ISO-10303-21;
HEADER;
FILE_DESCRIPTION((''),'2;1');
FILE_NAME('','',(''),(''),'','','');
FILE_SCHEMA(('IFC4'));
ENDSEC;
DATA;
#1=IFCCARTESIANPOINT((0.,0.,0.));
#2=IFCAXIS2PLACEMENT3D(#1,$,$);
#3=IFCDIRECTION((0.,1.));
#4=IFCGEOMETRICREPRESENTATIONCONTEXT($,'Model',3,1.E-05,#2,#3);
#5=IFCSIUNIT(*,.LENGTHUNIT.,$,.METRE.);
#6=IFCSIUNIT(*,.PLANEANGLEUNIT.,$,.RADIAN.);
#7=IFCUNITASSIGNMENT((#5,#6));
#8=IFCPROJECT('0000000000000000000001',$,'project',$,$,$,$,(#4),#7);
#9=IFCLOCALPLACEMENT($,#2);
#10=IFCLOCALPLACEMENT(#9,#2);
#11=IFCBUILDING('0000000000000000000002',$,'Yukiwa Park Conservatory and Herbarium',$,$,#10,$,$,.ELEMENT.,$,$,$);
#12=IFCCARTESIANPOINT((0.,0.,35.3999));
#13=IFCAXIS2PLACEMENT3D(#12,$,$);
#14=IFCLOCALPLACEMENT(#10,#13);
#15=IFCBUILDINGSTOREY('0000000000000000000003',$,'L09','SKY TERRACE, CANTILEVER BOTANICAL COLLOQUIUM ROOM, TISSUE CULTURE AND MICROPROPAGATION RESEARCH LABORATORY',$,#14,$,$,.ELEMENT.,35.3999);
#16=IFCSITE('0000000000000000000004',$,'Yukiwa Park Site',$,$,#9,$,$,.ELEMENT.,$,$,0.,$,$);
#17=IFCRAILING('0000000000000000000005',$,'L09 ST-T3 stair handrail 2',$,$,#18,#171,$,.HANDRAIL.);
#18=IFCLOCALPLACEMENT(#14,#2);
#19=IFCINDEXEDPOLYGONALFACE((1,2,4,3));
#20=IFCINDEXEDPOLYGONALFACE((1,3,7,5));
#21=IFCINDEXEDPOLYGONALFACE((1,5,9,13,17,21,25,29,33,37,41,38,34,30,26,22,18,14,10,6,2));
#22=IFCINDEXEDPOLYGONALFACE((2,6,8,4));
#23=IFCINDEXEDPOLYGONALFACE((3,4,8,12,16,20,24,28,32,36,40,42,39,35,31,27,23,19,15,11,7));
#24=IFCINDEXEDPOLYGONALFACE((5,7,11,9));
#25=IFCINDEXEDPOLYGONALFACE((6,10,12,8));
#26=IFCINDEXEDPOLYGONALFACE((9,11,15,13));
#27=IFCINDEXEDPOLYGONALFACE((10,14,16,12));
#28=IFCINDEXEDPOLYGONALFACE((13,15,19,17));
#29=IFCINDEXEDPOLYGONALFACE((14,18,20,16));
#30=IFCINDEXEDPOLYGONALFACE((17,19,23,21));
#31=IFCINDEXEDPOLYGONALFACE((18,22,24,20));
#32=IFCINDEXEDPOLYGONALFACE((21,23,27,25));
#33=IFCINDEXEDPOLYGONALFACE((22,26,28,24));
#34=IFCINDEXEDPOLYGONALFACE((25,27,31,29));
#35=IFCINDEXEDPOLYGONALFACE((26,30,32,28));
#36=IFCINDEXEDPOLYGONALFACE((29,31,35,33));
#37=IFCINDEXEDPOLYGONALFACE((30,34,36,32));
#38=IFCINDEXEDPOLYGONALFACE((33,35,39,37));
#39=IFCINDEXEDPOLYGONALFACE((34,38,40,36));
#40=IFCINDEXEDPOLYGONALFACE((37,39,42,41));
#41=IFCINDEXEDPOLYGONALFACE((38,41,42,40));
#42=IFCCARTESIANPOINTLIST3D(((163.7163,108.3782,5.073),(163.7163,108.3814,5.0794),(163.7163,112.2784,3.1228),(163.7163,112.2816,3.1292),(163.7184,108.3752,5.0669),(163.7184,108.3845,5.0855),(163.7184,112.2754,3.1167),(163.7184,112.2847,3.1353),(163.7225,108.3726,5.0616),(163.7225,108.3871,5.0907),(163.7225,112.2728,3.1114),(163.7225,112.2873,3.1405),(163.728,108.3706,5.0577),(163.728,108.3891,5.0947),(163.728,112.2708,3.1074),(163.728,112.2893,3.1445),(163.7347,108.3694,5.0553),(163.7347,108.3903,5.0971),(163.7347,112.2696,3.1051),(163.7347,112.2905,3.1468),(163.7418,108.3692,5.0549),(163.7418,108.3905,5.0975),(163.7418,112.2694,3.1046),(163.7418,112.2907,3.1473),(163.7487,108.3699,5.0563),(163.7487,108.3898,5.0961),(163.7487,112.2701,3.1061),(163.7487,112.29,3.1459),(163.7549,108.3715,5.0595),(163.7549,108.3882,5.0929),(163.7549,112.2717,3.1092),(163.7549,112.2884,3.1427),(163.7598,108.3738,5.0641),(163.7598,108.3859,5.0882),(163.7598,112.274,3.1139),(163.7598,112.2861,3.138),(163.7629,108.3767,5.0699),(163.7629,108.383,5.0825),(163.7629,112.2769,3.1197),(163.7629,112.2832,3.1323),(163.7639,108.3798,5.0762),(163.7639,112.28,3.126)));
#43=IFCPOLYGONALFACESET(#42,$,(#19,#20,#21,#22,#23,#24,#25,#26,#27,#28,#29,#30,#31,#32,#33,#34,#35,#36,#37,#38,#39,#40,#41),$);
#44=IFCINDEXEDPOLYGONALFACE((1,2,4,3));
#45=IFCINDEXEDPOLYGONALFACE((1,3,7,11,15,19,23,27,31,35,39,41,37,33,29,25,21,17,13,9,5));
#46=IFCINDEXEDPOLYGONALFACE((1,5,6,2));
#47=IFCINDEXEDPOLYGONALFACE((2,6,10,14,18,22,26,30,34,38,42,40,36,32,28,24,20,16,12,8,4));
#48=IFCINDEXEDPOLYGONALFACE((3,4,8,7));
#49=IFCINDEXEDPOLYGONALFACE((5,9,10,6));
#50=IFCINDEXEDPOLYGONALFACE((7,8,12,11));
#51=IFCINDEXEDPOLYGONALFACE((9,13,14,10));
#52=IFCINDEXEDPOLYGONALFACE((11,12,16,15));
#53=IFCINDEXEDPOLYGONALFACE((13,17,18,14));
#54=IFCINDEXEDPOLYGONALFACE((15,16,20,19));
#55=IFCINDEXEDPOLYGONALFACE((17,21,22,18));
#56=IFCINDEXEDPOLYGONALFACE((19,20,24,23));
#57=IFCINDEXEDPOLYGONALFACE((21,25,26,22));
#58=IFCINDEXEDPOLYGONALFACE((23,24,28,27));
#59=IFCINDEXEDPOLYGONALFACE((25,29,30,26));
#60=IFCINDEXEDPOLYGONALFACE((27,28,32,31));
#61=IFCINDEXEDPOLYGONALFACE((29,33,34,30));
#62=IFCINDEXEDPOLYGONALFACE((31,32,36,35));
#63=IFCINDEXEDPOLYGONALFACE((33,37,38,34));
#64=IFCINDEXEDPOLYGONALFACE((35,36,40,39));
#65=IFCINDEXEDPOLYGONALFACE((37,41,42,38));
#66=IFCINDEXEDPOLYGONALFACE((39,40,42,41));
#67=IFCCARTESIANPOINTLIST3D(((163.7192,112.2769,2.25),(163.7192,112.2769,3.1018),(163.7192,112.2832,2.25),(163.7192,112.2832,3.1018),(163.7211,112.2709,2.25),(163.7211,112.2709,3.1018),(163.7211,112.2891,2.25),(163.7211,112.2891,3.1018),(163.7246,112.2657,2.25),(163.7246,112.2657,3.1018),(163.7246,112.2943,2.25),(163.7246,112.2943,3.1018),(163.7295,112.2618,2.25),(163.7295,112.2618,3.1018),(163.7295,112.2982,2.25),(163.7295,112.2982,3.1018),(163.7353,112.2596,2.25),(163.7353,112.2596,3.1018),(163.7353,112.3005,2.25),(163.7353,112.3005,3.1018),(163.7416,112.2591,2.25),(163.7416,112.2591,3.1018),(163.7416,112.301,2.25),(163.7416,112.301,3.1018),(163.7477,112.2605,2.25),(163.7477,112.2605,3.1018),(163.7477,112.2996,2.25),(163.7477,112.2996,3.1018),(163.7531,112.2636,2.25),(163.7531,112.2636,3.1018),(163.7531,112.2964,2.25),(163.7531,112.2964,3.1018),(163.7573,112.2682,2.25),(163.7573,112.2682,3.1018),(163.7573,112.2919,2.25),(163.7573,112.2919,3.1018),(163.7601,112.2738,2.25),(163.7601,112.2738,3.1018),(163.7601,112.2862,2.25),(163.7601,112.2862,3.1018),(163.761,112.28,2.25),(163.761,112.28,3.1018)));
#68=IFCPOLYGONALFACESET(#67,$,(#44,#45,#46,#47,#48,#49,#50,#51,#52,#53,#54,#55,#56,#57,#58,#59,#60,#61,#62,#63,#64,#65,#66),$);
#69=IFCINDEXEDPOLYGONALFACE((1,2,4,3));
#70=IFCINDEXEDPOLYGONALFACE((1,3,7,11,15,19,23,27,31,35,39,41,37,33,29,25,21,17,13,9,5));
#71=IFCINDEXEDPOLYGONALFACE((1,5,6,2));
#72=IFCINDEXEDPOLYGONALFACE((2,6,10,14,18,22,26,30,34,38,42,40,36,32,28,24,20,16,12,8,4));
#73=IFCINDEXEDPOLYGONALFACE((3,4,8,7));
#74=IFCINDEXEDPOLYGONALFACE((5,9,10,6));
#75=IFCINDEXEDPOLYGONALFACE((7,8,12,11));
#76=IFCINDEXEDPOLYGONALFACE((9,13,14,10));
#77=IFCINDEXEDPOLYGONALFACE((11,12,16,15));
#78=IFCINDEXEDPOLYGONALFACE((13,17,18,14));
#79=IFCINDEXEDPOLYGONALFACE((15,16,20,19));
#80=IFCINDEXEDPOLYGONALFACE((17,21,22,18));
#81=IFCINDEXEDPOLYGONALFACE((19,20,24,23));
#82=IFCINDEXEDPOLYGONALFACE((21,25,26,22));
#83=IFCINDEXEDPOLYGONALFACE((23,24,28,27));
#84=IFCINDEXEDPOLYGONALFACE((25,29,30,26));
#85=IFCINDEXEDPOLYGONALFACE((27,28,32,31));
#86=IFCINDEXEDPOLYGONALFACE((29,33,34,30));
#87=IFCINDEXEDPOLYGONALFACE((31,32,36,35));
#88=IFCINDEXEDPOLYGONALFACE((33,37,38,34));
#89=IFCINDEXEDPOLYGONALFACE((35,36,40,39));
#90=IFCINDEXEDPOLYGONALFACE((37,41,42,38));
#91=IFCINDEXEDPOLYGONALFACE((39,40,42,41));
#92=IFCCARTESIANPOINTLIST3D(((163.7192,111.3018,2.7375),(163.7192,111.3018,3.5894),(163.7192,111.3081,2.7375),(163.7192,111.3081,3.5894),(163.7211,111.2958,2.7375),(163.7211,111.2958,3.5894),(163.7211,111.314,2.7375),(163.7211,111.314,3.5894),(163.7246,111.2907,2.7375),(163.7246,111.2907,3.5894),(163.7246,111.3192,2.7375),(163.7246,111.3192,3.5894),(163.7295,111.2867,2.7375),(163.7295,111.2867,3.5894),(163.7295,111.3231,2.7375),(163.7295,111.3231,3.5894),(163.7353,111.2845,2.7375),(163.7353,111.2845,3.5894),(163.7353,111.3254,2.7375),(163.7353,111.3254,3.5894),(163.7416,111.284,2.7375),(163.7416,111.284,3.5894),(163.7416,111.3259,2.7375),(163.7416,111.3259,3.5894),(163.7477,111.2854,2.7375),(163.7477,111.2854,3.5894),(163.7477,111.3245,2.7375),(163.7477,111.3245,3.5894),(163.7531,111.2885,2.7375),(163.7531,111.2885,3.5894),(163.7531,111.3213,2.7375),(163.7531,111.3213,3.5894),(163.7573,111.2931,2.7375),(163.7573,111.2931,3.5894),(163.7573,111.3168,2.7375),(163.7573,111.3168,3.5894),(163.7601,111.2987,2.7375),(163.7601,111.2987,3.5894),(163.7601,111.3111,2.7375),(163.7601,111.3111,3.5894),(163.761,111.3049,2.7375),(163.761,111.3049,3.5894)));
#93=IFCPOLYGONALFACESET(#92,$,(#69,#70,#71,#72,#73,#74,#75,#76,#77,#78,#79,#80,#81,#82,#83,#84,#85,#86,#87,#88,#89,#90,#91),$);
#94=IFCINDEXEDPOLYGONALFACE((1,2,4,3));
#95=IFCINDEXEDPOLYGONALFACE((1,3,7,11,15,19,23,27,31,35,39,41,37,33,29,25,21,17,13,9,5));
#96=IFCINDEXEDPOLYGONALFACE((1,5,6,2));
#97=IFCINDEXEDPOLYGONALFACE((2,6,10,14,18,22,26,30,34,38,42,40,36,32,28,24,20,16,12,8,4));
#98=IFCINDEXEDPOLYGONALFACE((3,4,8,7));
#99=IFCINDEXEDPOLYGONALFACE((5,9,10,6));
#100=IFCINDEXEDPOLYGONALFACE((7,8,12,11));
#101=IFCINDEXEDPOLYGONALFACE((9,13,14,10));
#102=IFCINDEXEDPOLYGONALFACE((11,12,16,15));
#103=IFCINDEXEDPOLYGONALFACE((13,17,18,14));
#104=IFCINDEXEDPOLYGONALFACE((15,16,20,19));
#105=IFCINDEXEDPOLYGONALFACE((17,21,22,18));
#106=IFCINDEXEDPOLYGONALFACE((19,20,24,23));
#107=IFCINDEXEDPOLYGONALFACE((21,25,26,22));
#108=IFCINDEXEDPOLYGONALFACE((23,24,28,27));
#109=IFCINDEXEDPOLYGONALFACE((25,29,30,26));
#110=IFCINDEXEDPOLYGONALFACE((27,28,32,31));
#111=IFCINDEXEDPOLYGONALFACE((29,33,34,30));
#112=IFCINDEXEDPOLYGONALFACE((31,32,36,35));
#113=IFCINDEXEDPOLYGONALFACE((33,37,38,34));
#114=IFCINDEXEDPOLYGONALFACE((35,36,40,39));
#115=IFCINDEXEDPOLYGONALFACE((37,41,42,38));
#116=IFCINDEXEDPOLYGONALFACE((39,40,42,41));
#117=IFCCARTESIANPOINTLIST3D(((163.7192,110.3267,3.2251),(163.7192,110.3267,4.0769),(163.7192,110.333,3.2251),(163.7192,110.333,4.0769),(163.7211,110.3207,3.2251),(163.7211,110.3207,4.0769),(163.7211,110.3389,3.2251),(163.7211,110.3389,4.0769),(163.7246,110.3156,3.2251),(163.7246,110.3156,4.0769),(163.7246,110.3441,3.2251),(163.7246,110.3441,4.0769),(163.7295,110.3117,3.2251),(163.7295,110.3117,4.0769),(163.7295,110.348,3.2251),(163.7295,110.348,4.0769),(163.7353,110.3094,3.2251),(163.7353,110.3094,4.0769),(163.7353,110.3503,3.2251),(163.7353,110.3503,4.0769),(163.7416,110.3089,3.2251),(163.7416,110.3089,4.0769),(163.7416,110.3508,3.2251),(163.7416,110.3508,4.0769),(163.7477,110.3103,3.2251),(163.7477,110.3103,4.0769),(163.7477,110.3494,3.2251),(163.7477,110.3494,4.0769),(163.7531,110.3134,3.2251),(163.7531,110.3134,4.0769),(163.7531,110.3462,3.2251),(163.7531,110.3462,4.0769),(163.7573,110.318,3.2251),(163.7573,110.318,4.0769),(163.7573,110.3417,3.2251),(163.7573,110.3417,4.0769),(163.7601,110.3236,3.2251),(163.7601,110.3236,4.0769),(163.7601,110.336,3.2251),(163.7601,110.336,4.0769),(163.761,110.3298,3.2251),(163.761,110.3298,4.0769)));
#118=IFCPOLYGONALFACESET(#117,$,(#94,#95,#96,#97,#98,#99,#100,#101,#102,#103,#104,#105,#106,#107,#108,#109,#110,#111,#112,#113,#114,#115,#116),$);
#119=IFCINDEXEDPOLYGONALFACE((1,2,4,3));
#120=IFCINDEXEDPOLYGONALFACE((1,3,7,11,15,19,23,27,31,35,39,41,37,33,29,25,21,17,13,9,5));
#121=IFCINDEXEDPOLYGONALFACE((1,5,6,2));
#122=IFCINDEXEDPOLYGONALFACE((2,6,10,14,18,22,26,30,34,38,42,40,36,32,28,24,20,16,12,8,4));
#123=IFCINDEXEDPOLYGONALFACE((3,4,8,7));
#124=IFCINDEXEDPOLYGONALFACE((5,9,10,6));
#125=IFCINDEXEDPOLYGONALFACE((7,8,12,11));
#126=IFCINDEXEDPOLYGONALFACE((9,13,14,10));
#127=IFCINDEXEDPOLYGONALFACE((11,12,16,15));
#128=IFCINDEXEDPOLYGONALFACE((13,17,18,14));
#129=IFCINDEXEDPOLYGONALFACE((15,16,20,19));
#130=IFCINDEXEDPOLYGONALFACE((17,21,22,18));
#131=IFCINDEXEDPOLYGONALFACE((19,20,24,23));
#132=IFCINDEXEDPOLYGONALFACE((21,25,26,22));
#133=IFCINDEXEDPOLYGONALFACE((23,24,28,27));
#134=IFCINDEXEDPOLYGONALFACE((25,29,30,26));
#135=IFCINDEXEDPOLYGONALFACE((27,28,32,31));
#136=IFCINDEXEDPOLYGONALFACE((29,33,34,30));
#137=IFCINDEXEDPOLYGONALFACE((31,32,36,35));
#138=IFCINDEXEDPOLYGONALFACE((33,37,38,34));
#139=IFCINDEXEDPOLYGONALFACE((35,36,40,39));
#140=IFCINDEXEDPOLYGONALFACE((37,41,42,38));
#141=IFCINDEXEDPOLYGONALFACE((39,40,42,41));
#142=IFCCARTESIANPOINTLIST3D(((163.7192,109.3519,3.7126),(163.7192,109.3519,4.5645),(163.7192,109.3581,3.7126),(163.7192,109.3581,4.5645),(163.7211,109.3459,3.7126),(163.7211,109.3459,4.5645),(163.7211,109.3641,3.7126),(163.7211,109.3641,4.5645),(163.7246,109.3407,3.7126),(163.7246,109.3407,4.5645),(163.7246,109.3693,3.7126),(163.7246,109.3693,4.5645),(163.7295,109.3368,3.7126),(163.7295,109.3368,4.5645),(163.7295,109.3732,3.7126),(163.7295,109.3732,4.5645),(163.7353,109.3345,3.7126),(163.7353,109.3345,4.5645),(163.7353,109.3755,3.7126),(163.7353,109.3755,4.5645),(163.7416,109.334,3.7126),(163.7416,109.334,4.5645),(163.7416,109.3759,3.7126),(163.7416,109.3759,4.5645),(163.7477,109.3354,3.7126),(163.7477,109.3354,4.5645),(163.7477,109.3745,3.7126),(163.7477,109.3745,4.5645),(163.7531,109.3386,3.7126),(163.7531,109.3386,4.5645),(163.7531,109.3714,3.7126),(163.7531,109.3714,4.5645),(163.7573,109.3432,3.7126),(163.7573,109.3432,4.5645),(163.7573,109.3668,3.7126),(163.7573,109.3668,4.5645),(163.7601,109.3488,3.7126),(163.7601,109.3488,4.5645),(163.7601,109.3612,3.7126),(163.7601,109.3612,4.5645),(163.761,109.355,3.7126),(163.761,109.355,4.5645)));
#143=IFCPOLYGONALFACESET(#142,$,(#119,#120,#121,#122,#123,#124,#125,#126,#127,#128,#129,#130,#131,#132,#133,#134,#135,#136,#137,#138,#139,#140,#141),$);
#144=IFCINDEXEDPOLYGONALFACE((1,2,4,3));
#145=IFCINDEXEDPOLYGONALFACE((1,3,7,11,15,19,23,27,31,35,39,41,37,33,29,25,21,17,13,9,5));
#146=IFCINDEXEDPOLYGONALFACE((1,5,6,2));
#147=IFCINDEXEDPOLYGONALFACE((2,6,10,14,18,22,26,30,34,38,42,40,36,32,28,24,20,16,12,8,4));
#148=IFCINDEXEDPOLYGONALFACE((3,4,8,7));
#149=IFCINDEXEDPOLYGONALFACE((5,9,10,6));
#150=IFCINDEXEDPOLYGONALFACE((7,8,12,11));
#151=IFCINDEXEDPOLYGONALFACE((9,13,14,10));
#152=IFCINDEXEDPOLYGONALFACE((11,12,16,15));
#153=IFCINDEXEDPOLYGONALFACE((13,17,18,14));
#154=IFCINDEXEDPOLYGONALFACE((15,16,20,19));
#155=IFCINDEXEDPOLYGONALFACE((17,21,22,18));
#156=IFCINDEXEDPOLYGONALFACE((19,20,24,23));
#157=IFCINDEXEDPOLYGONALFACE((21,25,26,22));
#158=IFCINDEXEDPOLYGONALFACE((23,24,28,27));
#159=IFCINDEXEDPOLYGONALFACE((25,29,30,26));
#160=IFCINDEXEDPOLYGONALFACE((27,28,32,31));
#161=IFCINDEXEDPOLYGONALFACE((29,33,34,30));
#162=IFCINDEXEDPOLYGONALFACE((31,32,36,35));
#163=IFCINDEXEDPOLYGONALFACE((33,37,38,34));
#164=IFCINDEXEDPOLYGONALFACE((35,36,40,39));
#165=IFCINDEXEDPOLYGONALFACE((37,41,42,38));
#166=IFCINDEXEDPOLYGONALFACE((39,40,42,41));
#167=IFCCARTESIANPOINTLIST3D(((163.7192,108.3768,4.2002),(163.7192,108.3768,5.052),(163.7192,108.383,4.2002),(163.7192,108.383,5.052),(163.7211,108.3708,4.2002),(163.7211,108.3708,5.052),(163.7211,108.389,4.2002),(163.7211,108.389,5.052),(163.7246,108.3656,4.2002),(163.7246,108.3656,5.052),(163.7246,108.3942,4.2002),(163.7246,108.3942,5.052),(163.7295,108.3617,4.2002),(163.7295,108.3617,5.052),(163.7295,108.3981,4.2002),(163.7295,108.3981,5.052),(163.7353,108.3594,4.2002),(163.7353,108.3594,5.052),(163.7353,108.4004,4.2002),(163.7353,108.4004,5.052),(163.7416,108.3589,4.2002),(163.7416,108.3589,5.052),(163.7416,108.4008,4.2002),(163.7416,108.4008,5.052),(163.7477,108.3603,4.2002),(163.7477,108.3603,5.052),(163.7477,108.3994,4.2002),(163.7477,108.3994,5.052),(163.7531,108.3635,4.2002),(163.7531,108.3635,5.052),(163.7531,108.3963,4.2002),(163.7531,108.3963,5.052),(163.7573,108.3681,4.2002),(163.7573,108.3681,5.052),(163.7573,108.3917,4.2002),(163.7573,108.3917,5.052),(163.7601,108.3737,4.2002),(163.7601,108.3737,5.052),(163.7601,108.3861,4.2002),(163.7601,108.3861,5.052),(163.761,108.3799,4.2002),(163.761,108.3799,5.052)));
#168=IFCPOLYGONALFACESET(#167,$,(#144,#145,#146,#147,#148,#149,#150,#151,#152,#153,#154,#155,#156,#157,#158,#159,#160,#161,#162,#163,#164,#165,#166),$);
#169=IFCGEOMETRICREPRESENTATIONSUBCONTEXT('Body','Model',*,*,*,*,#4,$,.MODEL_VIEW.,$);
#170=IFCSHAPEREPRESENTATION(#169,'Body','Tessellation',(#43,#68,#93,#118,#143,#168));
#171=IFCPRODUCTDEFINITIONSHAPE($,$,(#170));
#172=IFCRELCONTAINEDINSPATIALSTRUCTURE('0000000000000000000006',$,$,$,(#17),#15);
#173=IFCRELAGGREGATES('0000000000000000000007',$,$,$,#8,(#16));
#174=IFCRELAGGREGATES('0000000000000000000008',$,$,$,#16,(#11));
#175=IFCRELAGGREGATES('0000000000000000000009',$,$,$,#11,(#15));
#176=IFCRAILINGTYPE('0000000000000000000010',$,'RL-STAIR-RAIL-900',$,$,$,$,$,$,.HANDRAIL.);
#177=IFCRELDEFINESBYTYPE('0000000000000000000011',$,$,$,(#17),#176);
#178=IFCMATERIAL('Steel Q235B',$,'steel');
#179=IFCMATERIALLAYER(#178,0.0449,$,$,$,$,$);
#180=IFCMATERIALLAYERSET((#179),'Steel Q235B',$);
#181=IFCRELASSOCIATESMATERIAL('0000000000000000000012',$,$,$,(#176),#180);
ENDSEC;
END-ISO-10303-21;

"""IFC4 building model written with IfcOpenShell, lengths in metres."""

from ifc_helpers import new_model, si_unit, direction, frame, origin, origin_2d, place, context, subcontext, project, spatial, circle, extrude, material, layer, layer_set, type_object, element, save


model = new_model("IFC4")

# Units and contexts
model_context = context("Model", 3, precision=1e-05, world=origin(), true_north=direction((0.0, 1.0)))
body_context = subcontext(model_context, "Body", "Model", "MODEL_VIEW")
ifc_project = project(units=[si_unit("LENGTHUNIT", "METRE"), si_unit("PLANEANGLEUNIT", "RADIAN")], contexts=[model_context])

# Site, building, storey
site_placement = place(None, origin())
site = spatial("IfcSite", under=ifc_project, at=site_placement, Name="Yukiwa Park Site", CompositionType="ELEMENT", RefElevation=0.0)
building_placement = place(site_placement, origin())
building = spatial("IfcBuilding", under=site, at=building_placement, Name="Yukiwa Park Conservatory and Herbarium", CompositionType="ELEMENT")
storey_placement = place(building_placement, frame((0.0, 0.0, 35.3999)))
storey = spatial("IfcBuildingStorey", under=building, at=storey_placement, Name="L09", Description="SKY TERRACE, CANTILEVER BOTANICAL COLLOQUIUM ROOM, TISSUE CULTURE AND MICROPROPAGATION RESEARCH LABORATORY", CompositionType="ELEMENT", Elevation=35.3999)

# Railing
ifc_material_1 = material(Name="Steel Q235B", Category="steel")
ifc_layer_1 = layer(ifc_material_1, 0.0449)
ifc_layer_set_1 = layer_set([ifc_layer_1], Name="Steel Q235B")
railing_type_1 = type_object("IfcRailingType", Name="RL-STAIR-RAIL-900", PredefinedType="HANDRAIL", material=ifc_layer_set_1)
railing_1_placement = place(storey_placement, frame((163.74, 112.28, 2.25)))
element("IfcRailing", 1, at=railing_1_placement, inside=storey, type_object=railing_type_1, Name="L09 ST-T3 stair handrail 2", PredefinedType="HANDRAIL", context=body_context, shape_type="SweptSolid", body=[
    extrude(circle(Radius=0.0239, at=origin_2d()), frame((0.0, 0.0, 0.876), z_axis=(0.0, -0.894416, 0.447236), x_axis=(1.0, 0.0, 0.0)), (0.0, 0.0, 1.0), 4.3606),
    extrude(circle(Radius=0.021, at=origin_2d()), origin(), (0.0, 0.0, 1.0), 0.8518),
    extrude(circle(Radius=0.021, at=origin_2d()), frame((0.0, -0.9751, 0.4875)), (0.0, 0.0, 1.0), 0.8518),
    extrude(circle(Radius=0.021, at=origin_2d()), frame((0.0, -1.9502, 0.9751)), (0.0, 0.0, 1.0), 0.8518),
    extrude(circle(Radius=0.021, at=origin_2d()), frame((0.0, -2.925, 1.4626)), (0.0, 0.0, 1.0), 0.8518),
    extrude(circle(Radius=0.021, at=origin_2d()), frame((0.0, -3.9001, 1.9502)), (0.0, 0.0, 1.0), 0.8518),
])

save(model, "model.ifc")
